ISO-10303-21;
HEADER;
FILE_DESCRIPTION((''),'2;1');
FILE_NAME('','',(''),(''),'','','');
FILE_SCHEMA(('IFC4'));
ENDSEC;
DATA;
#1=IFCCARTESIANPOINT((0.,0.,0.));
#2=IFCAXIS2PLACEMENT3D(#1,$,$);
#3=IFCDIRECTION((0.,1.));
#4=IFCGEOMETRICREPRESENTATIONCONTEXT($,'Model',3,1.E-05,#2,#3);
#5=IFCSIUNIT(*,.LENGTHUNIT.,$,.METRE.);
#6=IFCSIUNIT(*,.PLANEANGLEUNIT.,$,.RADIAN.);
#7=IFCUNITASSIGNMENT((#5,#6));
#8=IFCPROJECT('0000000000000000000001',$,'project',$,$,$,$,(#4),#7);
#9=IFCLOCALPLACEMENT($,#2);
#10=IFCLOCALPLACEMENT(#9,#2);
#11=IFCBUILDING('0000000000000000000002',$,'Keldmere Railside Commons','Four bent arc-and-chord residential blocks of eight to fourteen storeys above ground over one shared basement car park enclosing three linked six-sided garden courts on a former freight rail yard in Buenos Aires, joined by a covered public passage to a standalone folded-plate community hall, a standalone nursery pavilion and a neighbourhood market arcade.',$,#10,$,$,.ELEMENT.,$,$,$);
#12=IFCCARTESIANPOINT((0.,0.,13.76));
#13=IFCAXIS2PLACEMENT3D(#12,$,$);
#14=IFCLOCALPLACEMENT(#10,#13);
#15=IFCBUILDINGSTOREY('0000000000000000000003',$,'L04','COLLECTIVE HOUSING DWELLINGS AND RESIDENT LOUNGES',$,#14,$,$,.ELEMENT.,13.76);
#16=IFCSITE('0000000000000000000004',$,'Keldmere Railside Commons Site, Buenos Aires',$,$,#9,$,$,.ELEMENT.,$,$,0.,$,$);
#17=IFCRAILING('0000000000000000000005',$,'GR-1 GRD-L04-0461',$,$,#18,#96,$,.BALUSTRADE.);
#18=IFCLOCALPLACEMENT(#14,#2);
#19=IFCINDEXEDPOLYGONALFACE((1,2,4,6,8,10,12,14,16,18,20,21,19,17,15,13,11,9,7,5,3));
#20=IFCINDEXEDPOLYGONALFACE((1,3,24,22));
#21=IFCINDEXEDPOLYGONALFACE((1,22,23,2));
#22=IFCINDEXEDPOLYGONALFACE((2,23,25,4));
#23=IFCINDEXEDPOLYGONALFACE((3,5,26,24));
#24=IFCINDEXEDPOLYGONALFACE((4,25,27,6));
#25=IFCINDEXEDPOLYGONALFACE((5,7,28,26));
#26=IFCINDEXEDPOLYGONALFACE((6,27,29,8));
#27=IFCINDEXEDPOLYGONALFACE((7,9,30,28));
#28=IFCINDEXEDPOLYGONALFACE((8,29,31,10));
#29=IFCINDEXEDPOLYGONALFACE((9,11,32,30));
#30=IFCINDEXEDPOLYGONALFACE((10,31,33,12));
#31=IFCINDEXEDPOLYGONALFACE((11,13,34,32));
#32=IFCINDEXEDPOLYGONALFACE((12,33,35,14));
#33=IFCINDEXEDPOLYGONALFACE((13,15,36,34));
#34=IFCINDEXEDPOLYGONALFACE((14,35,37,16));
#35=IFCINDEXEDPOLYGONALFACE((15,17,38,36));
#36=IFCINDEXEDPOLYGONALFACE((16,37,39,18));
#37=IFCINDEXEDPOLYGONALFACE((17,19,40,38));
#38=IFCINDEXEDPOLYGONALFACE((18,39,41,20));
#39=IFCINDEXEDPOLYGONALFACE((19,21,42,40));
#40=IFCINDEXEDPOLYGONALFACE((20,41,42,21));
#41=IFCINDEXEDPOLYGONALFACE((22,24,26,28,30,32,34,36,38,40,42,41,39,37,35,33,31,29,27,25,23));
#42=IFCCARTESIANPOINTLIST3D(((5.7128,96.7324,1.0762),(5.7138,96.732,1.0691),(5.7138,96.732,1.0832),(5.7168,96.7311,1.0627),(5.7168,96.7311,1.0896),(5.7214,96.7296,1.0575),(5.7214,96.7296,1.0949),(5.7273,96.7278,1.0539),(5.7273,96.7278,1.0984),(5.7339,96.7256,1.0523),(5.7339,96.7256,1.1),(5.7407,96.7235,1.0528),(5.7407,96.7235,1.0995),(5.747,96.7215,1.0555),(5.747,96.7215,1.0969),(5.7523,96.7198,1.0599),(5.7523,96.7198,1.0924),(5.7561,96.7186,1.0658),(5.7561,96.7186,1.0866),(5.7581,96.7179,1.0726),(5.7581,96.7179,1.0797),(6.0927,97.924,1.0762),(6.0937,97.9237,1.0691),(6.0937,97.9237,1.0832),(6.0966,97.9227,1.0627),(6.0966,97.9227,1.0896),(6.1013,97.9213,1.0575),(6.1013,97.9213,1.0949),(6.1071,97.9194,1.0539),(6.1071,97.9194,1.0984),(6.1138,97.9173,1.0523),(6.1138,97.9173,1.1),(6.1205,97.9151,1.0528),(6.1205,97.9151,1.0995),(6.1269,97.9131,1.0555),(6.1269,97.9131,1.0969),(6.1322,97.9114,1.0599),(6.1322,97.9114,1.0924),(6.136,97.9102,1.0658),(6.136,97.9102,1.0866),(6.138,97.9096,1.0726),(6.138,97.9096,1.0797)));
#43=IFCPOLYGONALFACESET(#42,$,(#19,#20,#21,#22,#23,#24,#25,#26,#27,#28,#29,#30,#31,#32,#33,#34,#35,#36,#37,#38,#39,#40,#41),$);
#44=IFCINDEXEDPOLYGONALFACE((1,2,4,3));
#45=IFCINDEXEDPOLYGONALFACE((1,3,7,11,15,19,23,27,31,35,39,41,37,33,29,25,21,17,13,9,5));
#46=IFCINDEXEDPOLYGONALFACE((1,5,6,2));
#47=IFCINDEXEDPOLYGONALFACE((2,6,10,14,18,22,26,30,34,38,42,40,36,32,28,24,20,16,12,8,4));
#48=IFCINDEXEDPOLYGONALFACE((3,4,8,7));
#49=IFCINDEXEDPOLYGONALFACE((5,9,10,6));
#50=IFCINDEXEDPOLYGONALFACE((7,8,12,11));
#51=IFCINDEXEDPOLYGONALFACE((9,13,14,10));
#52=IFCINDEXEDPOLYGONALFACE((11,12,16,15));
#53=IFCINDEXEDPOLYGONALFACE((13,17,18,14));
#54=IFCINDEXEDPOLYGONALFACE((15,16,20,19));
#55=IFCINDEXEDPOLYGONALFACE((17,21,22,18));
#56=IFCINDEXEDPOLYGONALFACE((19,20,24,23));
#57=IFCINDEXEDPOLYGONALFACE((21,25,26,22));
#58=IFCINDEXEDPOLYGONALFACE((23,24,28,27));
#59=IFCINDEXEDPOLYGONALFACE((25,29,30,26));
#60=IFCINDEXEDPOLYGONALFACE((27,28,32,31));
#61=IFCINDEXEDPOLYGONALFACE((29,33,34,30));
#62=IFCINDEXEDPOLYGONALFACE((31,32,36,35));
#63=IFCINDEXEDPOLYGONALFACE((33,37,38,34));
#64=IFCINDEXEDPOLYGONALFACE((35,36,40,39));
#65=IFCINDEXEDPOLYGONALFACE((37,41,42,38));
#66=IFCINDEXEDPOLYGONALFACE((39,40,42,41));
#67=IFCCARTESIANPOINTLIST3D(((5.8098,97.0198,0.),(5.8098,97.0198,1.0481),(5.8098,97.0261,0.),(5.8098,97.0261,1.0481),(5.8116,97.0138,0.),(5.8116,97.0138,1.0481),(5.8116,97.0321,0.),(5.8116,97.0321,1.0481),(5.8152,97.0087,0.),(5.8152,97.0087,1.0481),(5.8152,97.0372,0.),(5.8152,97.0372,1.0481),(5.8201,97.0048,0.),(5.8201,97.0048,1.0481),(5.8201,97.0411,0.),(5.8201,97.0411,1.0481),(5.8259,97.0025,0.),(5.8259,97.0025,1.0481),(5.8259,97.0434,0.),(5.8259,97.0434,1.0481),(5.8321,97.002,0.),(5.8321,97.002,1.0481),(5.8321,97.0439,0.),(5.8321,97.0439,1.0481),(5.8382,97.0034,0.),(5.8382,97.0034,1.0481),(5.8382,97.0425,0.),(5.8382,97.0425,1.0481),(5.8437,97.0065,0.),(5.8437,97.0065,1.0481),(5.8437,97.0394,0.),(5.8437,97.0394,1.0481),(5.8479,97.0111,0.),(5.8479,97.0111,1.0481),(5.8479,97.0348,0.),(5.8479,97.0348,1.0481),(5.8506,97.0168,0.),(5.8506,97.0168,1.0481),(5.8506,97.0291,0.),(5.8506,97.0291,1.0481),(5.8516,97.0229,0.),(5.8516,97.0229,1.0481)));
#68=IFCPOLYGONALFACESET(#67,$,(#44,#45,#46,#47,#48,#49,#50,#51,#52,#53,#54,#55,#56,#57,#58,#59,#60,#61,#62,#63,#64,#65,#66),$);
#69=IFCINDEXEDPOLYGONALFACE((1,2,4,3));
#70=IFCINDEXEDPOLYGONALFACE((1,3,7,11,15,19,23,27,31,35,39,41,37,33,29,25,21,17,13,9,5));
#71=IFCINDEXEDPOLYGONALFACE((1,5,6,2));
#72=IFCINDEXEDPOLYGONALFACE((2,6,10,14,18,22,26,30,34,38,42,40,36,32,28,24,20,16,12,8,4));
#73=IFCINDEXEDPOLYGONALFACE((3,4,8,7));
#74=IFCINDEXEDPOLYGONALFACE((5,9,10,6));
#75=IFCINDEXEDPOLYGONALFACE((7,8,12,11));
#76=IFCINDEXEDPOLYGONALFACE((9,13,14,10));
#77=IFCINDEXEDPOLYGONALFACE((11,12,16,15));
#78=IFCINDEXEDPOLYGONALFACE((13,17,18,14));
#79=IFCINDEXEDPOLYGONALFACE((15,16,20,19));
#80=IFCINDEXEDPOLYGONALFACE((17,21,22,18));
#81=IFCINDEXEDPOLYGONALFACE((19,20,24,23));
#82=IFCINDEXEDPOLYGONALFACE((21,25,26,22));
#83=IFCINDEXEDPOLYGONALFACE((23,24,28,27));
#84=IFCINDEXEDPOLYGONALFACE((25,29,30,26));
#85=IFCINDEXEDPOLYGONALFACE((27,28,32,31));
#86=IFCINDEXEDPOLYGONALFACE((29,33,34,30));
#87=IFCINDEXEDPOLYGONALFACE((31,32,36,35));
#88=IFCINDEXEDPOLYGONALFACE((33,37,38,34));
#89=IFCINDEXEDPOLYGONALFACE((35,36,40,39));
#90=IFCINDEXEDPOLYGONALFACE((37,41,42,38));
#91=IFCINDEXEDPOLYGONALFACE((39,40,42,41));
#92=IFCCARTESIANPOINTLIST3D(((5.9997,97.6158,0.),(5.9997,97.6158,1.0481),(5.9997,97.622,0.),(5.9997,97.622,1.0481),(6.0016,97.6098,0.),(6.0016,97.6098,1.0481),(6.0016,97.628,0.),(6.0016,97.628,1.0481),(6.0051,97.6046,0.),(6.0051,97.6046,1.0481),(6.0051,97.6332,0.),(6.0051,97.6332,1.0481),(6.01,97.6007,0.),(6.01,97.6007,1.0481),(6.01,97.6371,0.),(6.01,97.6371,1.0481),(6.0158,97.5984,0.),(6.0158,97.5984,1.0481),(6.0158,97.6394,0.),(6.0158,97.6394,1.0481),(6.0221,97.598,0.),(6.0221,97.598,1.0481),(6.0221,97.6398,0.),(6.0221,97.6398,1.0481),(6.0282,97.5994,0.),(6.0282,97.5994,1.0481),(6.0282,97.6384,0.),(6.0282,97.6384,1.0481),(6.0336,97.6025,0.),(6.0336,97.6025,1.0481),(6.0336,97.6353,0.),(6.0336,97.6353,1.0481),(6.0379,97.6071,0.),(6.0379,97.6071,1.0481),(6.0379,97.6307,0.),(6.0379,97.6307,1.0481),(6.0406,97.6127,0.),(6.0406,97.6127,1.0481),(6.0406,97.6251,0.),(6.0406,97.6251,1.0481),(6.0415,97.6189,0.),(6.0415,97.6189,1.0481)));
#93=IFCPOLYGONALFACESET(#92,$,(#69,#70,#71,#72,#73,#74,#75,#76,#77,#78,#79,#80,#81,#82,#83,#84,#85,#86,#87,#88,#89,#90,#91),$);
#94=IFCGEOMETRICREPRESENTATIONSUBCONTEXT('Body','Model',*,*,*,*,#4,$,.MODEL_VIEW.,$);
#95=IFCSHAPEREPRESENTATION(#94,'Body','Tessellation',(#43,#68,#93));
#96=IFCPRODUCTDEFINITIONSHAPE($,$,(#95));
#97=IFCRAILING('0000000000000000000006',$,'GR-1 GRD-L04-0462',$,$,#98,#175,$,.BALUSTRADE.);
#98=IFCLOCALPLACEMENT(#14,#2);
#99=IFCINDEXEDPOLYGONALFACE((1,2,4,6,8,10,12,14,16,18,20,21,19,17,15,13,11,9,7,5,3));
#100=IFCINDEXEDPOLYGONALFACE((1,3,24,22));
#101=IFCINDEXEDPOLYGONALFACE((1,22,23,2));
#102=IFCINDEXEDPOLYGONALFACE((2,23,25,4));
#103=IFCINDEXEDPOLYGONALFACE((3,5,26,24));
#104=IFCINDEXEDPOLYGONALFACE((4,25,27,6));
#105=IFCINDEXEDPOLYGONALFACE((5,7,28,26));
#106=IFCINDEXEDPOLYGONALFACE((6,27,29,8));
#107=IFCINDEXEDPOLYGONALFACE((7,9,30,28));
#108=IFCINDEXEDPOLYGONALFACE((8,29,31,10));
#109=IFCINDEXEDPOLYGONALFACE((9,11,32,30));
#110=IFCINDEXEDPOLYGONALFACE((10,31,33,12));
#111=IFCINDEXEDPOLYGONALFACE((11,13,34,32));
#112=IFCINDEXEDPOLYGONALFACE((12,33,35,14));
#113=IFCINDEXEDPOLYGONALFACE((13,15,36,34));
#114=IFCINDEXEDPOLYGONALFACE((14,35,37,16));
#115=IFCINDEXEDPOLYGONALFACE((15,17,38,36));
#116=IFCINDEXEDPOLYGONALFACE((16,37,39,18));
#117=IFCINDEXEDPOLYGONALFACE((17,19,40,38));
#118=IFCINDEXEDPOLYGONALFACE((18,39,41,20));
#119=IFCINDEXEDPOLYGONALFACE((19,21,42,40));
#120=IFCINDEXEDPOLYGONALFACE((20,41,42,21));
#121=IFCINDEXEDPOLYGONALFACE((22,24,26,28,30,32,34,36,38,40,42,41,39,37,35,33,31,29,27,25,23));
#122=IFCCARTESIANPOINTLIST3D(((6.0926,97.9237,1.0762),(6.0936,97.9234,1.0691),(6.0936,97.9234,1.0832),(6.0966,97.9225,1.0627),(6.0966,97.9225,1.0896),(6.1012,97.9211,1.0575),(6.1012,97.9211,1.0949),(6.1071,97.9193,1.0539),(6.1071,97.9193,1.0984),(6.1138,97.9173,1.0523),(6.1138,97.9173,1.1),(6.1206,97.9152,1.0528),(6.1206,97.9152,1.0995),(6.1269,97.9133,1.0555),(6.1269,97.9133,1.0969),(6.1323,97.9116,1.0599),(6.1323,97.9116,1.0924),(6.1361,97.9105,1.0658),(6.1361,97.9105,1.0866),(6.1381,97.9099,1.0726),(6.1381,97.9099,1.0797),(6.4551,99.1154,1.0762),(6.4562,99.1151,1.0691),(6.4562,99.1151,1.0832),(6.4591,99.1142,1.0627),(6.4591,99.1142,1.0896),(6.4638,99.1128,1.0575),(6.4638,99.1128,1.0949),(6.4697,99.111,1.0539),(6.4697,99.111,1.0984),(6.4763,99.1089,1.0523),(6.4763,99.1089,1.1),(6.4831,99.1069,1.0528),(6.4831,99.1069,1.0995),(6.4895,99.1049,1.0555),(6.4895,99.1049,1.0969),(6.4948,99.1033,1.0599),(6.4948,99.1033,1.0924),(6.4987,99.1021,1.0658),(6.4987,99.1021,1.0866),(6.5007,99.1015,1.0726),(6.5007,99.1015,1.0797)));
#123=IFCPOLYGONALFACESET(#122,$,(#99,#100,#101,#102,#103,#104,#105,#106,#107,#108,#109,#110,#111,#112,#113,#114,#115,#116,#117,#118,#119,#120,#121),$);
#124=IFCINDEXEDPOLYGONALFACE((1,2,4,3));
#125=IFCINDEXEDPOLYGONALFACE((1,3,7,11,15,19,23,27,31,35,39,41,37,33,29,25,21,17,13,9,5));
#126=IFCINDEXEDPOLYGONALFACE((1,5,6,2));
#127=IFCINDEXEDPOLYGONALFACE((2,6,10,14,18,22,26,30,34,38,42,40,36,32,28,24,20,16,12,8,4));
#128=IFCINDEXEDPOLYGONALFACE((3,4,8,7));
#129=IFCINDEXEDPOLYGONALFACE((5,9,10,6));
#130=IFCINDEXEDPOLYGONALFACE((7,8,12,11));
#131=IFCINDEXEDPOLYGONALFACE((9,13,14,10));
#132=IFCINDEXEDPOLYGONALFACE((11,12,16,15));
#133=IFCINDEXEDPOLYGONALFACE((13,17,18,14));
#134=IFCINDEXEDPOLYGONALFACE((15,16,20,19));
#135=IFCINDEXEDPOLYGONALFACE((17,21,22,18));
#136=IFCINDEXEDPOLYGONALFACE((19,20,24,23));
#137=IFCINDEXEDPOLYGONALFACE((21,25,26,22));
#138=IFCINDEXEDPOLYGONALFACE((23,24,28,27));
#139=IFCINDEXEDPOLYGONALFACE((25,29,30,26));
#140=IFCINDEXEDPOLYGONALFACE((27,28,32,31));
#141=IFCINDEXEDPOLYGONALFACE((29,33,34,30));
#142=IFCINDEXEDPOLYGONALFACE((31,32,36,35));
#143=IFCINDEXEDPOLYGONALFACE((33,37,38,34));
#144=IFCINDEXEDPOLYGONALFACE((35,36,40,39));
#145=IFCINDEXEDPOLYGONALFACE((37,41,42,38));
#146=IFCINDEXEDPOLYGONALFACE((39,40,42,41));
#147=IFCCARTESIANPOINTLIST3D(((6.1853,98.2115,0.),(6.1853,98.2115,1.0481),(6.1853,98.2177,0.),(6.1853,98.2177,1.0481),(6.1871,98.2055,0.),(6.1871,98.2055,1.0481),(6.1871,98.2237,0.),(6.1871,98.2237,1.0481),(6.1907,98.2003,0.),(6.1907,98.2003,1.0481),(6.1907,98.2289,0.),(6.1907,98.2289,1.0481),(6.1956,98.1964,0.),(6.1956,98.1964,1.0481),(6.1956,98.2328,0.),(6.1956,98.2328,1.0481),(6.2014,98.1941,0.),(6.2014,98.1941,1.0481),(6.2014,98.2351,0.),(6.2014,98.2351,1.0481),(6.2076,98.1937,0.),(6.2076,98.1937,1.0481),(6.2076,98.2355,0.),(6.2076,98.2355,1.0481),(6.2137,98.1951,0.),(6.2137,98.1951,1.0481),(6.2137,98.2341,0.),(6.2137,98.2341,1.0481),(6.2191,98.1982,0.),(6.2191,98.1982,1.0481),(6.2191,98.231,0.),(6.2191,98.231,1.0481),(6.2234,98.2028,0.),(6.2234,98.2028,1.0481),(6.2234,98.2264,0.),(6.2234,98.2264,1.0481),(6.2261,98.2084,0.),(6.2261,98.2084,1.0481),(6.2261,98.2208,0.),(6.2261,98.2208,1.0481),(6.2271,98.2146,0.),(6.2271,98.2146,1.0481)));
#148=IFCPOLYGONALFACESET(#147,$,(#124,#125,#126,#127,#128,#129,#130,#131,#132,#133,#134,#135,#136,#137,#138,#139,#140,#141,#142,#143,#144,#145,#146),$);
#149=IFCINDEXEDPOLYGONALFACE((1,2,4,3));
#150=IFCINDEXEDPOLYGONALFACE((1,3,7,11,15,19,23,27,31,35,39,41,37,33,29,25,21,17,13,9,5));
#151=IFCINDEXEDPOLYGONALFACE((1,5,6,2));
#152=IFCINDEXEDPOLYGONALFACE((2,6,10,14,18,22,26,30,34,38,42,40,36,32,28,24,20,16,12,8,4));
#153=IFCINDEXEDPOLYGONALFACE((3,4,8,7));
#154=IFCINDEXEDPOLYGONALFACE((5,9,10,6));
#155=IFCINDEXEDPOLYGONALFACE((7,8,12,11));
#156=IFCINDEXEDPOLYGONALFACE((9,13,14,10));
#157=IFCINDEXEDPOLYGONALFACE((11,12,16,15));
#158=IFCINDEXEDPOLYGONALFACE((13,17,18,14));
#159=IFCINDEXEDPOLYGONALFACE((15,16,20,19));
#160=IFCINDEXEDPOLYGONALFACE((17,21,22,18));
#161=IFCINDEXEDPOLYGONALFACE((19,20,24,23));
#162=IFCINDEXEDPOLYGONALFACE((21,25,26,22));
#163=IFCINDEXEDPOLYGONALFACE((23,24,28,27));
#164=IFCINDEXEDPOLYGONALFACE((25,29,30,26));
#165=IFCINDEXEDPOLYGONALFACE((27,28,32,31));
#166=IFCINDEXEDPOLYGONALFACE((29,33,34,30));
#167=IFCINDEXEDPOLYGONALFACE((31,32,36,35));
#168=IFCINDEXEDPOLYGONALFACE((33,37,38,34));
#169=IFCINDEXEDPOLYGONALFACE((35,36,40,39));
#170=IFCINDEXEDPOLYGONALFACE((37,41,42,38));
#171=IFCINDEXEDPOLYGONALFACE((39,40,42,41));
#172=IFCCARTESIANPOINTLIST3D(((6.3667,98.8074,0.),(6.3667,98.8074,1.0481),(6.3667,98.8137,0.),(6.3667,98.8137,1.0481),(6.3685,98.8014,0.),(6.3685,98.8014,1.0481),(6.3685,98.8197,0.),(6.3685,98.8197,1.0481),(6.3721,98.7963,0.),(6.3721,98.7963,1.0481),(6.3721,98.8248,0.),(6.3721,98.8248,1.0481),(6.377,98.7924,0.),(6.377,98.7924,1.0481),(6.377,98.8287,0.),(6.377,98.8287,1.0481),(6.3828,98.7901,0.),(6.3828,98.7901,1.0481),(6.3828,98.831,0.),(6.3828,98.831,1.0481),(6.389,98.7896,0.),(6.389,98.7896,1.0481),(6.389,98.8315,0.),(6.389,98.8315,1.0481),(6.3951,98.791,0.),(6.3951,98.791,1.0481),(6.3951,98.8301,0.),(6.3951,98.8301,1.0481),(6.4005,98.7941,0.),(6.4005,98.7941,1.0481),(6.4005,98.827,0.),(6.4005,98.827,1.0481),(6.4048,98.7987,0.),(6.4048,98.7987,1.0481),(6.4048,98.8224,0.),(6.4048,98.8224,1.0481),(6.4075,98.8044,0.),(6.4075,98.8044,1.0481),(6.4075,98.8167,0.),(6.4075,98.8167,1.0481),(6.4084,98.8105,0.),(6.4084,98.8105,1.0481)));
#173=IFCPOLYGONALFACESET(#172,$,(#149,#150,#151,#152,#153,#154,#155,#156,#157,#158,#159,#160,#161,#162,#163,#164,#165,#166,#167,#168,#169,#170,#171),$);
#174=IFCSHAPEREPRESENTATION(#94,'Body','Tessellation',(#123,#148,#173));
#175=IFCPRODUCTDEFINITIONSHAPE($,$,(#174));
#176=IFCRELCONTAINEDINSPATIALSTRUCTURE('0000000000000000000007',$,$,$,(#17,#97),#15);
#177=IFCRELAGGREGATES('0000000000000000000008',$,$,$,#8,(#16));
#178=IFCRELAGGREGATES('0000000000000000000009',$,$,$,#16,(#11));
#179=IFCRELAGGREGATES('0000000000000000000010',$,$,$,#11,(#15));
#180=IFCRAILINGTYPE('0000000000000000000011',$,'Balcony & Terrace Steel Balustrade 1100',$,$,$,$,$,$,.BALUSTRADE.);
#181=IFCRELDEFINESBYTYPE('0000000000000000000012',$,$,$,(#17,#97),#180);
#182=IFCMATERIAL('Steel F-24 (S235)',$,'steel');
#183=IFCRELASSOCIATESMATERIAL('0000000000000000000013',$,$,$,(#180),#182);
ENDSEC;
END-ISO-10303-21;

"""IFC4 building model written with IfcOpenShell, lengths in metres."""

from ifc_helpers import new_model, si_unit, direction, frame, origin, origin_2d, place, context, subcontext, project, spatial, circle, extrude, material, type_object, element, save


model = new_model("IFC4")

# Units and contexts
model_context = context("Model", 3, precision=1e-05, world=origin(), true_north=direction((0.0, 1.0)))
body_context = subcontext(model_context, "Body", "Model", "MODEL_VIEW")
ifc_project = project(units=[si_unit("LENGTHUNIT", "METRE"), si_unit("PLANEANGLEUNIT", "RADIAN")], contexts=[model_context])

# Site, building, storey
site_placement = place(None, origin())
site = spatial("IfcSite", under=ifc_project, at=site_placement, Name="Keldmere Railside Commons Site, Buenos Aires", CompositionType="ELEMENT", RefElevation=0.0)
building_placement = place(site_placement, origin())
building = spatial("IfcBuilding", under=site, at=building_placement, Name="Keldmere Railside Commons", Description="Four bent arc-and-chord residential blocks of eight to fourteen storeys above ground over one shared basement car park enclosing three linked six-sided garden courts on a former freight rail yard in Buenos Aires, joined by a covered public passage to a standalone folded-plate community hall, a standalone nursery pavilion and a neighbourhood market arcade.", CompositionType="ELEMENT")
storey_placement = place(building_placement, frame((0.0, 0.0, 13.76)))
storey = spatial("IfcBuildingStorey", under=building, at=storey_placement, Name="L04", Description="COLLECTIVE HOUSING DWELLINGS AND RESIDENT LOUNGES", CompositionType="ELEMENT", Elevation=13.76)

# Railings
ifc_material_1 = material(Name="Steel F-24 (S235)", Category="steel")
railing_type = type_object("IfcRailingType", Name="Balcony & Terrace Steel Balustrade 1100", PredefinedType="BALUSTRADE", material=ifc_material_1)
railing_1_placement = place(storey_placement, frame((5.7356, 96.7251, 0.0)))
element("IfcRailing", 1, at=railing_1_placement, inside=storey, type_object=railing_type, Name="GR-1 GRD-L04-0461", PredefinedType="BALUSTRADE", context=body_context, shape_type="SweptSolid", body=[
    extrude(circle(Radius=0.0239, at=origin_2d()), frame((0.0, 0.0, 1.0762), z_axis=(0.303727, 0.952759, 0.0), x_axis=(-0.952759, 0.303727, 0.0)), (0.0, 0.0, 1.0), 1.2507),
    extrude(circle(Radius=0.021, at=origin_2d()), frame((0.095, 0.2979, 0.0)), (0.0, 0.0, 1.0), 1.0481),
    extrude(circle(Radius=0.021, at=origin_2d()), frame((0.2849, 0.8938, 0.0)), (0.0, 0.0, 1.0), 1.0481),
])
railing_2_placement = place(storey_placement, frame((6.1155, 97.9167, 0.0)))
element("IfcRailing", 2, at=railing_2_placement, inside=storey, type_object=railing_type, Name="GR-1 GRD-L04-0462", PredefinedType="BALUSTRADE", context=body_context, shape_type="SweptSolid", body=[
    extrude(circle(Radius=0.0239, at=origin_2d()), frame((0.0, 0.0, 1.0762), z_axis=(0.291068, 0.956702, 0.0), x_axis=(-0.956702, 0.291068, 0.0)), (0.0, 0.0, 1.0), 1.2456),
    extrude(circle(Radius=0.021, at=origin_2d()), frame((0.0906, 0.2979, 0.0)), (0.0, 0.0, 1.0), 1.0481),
    extrude(circle(Radius=0.021, at=origin_2d()), frame((0.272, 0.8938, 0.0)), (0.0, 0.0, 1.0), 1.0481),
])

save(model, "model.ifc")
